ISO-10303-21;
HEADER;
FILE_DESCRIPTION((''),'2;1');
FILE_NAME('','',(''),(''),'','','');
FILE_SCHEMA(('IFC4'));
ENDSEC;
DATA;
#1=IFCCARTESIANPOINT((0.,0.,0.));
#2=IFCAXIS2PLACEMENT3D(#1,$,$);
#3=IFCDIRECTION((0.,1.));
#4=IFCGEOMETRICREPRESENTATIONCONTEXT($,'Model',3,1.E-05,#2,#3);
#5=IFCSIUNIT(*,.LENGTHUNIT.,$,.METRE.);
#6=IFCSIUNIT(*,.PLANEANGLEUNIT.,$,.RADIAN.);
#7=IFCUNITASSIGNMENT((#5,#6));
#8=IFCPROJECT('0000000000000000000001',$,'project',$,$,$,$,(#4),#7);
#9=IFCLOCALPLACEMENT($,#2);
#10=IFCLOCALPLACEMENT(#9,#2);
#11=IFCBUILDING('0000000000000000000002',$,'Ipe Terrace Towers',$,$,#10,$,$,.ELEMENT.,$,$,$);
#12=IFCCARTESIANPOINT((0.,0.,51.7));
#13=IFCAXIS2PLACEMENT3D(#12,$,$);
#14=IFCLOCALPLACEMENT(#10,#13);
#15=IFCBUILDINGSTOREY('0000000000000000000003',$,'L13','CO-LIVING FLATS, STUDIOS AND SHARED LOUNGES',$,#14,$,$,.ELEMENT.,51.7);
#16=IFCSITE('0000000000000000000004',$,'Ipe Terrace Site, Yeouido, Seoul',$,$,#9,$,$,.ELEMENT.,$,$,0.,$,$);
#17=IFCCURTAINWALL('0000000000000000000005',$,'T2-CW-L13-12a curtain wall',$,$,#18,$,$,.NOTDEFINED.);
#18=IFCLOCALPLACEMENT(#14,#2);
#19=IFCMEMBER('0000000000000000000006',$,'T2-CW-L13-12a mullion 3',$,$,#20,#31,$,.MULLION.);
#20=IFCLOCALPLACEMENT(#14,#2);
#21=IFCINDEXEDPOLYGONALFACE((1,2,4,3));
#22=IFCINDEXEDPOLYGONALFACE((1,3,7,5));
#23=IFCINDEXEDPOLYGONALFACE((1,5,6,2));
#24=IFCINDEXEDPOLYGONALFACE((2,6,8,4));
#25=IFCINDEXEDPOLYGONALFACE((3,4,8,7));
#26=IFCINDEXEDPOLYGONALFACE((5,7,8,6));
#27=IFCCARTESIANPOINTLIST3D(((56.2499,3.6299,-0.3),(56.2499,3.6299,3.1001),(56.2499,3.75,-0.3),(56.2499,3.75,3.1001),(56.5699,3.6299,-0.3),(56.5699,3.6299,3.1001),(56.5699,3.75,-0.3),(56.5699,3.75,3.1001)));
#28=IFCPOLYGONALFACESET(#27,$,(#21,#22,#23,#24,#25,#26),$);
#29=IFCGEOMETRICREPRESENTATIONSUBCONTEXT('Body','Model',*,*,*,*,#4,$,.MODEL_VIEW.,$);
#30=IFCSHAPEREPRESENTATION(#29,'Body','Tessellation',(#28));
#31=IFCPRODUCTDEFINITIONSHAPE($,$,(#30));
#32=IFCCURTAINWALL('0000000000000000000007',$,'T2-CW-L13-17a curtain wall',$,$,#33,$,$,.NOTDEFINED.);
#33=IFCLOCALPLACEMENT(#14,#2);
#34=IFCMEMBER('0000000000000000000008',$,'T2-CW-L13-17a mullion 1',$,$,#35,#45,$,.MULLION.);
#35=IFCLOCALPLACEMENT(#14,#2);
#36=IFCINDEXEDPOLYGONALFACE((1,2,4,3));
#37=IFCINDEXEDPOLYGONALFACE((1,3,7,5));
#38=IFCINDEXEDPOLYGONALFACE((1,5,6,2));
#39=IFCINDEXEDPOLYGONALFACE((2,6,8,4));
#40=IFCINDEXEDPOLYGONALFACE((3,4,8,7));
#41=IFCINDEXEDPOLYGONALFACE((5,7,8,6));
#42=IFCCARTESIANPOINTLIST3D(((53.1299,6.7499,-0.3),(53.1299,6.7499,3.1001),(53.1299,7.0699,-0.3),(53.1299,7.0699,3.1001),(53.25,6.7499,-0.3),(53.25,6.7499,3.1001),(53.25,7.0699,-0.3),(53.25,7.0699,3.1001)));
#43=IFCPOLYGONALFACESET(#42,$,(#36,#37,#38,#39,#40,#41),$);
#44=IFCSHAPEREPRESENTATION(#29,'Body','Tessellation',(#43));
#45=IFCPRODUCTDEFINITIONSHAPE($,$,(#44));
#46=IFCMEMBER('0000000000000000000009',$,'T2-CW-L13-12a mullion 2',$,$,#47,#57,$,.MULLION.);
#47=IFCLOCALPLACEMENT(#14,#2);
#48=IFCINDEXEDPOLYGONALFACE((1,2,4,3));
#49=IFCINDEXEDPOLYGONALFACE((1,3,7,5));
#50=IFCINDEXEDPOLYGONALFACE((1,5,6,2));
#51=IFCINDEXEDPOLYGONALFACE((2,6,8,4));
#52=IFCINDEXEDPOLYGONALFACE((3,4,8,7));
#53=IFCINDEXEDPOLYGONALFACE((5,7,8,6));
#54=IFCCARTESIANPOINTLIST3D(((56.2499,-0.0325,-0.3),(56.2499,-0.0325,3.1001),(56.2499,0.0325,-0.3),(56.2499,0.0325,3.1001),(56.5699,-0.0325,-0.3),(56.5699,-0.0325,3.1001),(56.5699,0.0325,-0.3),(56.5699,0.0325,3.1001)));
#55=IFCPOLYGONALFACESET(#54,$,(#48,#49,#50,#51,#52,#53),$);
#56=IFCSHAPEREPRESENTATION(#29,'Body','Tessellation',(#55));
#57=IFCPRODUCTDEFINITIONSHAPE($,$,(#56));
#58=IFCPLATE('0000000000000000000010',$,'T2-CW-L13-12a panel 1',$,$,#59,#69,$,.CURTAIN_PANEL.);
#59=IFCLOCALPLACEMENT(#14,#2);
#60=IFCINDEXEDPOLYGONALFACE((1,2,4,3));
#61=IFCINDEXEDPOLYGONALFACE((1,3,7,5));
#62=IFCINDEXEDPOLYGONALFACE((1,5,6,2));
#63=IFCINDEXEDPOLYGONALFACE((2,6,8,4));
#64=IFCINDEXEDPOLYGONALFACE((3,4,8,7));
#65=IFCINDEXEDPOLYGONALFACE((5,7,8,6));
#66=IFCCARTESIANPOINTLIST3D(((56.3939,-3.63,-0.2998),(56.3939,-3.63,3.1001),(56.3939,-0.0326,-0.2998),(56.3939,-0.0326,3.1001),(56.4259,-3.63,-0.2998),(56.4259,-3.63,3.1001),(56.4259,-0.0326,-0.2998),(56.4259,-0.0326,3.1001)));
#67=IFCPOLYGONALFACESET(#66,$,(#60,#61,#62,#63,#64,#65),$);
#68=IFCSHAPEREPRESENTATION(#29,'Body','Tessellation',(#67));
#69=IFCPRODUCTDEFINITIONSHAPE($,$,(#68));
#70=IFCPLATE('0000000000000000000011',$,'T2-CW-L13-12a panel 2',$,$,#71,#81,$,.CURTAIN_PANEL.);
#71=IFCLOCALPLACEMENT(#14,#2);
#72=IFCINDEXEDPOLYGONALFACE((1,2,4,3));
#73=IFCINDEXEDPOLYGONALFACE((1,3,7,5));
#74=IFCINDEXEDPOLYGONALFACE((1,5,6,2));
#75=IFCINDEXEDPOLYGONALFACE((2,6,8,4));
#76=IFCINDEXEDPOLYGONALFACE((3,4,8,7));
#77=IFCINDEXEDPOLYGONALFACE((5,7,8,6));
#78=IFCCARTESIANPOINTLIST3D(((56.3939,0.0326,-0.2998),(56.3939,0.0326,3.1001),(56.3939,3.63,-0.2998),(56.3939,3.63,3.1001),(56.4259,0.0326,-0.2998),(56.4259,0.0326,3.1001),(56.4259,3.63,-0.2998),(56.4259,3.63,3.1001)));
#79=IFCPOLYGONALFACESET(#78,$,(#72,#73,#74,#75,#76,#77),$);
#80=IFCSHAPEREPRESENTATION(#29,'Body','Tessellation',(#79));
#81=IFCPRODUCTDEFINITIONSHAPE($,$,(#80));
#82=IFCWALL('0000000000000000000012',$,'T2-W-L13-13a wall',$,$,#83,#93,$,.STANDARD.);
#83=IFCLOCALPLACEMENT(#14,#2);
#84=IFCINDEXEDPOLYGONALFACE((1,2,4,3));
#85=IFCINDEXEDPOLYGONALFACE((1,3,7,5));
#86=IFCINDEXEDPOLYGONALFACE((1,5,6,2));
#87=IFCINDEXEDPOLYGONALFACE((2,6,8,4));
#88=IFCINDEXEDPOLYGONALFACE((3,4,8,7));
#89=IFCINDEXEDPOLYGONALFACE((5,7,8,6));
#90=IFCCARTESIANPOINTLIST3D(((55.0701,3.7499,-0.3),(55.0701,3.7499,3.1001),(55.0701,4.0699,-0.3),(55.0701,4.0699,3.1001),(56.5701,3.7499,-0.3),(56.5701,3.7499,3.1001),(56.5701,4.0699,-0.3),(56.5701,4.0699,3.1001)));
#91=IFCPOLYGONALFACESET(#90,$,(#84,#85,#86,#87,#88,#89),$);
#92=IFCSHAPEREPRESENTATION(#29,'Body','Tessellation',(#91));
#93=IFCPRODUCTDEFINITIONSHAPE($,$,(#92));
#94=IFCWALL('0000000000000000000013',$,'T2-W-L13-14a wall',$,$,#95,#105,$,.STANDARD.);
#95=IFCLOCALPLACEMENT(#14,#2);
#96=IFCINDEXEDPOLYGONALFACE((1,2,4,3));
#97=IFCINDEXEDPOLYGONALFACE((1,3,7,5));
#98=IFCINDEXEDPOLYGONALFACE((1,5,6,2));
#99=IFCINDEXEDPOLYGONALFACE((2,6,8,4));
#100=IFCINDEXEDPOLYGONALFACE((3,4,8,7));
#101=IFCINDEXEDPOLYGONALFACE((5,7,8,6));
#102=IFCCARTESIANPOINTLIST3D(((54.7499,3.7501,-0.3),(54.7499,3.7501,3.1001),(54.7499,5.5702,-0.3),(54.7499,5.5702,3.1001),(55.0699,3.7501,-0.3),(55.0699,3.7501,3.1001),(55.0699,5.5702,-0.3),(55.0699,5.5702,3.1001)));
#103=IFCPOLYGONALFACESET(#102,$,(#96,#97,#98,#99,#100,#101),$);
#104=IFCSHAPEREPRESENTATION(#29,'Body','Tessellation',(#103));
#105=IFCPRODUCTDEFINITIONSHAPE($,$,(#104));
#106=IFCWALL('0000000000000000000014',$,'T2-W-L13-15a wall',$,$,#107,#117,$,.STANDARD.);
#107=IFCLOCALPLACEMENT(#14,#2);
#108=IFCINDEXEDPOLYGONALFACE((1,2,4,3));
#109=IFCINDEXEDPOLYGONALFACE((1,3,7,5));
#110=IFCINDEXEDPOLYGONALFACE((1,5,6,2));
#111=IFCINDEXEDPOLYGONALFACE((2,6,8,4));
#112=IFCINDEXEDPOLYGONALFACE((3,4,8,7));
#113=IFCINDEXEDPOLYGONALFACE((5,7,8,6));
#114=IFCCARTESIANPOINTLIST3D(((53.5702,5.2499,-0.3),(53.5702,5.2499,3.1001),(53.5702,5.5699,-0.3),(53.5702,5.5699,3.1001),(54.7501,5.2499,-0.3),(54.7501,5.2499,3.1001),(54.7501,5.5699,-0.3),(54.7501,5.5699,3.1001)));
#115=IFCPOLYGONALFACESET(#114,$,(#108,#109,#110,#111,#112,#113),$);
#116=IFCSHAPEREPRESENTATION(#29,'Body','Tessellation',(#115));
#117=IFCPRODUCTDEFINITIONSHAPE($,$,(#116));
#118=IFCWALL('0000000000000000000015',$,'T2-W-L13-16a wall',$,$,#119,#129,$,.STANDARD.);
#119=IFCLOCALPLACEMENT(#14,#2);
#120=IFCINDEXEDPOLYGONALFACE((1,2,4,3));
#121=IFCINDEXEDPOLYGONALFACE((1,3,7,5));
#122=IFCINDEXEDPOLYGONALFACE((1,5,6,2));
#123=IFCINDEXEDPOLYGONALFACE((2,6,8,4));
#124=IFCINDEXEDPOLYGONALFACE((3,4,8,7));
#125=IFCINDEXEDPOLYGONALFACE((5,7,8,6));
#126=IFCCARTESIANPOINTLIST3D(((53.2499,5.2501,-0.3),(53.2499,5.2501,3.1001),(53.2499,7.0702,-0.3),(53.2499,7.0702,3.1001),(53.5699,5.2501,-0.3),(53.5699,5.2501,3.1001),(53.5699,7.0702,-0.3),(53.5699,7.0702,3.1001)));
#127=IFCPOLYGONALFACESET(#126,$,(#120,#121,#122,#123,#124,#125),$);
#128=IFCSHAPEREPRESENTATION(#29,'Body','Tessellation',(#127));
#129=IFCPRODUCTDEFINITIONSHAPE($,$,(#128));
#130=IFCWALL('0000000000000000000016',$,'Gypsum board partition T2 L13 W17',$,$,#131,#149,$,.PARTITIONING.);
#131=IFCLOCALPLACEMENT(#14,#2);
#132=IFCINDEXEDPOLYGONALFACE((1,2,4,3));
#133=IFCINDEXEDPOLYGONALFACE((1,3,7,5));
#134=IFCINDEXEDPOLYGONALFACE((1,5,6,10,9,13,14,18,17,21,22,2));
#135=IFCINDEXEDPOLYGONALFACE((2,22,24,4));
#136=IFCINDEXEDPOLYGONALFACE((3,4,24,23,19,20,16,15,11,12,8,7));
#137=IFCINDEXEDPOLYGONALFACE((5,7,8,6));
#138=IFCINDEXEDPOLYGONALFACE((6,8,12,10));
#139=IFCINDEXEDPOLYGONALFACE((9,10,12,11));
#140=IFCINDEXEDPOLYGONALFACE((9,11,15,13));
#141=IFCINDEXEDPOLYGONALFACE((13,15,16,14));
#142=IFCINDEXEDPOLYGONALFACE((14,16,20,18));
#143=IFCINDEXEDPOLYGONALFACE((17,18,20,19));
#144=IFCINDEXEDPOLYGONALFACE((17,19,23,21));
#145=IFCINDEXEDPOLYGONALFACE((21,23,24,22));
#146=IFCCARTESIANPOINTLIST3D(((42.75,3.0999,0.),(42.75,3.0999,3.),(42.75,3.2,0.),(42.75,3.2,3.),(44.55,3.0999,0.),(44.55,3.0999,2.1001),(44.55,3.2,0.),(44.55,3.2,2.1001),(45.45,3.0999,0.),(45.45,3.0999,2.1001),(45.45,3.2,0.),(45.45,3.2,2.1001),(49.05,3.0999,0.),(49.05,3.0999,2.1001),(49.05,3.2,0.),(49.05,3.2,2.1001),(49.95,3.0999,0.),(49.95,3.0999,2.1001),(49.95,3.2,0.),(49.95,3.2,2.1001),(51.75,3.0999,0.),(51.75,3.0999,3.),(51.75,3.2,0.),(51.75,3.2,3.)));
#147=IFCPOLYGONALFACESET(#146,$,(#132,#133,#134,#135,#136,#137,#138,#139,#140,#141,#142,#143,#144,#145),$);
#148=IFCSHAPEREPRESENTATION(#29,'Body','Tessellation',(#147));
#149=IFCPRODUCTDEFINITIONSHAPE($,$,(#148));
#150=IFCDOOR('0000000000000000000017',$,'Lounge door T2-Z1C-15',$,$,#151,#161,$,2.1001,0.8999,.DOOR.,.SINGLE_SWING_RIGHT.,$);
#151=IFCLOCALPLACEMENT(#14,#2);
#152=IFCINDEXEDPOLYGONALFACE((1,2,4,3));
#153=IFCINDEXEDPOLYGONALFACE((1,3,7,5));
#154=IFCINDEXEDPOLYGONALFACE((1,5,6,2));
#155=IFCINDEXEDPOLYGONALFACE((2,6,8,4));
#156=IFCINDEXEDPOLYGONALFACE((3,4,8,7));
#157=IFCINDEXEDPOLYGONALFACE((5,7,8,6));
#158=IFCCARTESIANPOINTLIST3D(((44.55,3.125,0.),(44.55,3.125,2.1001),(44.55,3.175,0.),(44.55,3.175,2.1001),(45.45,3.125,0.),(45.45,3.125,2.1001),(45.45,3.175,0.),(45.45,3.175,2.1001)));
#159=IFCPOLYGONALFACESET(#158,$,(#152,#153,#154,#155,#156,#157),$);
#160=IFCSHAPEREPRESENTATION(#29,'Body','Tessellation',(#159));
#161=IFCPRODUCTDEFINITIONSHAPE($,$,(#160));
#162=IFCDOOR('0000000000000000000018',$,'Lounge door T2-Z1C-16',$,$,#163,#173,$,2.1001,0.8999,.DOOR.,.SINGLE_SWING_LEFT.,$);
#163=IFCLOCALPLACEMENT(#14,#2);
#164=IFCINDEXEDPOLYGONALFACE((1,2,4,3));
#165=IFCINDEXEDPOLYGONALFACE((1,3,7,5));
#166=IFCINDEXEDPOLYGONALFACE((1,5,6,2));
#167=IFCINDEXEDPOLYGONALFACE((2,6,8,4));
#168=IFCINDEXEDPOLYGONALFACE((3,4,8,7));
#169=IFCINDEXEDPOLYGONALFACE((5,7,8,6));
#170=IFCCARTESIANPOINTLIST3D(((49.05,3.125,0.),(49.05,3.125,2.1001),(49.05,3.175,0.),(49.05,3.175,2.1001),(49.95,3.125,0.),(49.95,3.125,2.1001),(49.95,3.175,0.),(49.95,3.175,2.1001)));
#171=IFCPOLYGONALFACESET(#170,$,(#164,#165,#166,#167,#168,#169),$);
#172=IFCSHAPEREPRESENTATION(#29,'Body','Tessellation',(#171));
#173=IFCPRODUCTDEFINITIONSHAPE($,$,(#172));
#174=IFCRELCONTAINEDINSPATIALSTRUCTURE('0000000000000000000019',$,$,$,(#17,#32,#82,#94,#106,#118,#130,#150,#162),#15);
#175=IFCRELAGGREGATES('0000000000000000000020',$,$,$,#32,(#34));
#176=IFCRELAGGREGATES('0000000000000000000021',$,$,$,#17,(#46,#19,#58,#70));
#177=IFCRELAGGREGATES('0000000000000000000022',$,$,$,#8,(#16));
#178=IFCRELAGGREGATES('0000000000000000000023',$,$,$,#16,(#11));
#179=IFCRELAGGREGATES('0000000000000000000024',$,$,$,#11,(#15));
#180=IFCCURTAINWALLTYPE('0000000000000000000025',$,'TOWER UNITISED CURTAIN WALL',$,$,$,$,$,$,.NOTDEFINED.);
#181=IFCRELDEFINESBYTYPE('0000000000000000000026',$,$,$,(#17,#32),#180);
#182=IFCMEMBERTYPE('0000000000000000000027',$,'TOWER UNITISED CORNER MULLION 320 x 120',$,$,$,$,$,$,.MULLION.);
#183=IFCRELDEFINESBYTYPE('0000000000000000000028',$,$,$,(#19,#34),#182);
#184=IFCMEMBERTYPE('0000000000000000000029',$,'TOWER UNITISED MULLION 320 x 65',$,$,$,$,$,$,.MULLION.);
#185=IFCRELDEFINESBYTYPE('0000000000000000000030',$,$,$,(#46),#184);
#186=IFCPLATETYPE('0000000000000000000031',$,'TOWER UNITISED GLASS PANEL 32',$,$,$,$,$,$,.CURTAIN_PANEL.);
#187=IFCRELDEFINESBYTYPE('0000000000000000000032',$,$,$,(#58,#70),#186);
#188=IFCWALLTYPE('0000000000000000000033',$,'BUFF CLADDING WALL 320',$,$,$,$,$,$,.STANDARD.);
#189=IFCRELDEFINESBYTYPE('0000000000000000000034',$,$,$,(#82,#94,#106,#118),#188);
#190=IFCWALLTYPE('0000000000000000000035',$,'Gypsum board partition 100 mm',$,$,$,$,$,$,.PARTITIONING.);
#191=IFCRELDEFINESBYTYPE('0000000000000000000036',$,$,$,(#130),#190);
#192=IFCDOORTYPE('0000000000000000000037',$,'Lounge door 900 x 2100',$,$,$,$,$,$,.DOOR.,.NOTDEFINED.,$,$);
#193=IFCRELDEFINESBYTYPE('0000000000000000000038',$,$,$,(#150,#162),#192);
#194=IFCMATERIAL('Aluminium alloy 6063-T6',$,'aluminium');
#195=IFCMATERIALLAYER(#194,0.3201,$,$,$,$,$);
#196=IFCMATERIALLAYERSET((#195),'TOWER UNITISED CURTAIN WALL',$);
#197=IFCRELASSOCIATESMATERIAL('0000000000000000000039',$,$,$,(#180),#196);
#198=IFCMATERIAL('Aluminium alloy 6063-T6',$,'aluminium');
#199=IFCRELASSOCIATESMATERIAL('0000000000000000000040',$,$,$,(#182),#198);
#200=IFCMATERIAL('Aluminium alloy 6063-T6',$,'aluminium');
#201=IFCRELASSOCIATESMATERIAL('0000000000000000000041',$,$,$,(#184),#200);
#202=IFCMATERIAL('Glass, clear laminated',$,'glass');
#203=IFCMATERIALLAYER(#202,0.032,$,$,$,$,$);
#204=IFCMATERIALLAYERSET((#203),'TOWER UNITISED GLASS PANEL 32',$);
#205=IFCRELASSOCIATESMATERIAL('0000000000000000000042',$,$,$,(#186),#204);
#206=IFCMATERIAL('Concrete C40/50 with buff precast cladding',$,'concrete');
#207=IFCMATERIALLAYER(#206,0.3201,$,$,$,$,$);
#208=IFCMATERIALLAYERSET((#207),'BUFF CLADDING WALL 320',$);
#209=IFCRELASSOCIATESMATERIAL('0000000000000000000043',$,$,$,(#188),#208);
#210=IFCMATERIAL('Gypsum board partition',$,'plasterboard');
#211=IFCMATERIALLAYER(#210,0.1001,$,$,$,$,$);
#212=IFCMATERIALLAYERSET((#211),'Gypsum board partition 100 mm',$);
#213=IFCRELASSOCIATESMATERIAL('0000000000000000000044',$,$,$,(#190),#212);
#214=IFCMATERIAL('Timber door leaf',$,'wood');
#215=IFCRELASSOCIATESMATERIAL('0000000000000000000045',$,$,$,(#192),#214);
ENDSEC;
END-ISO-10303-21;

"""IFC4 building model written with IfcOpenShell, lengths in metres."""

from ifc_helpers import new_model, si_unit, direction, frame, frame_2d, origin, origin_2d, place, context, subcontext, project, spatial, rectangle, extrude, material, layer, layer_set, material_profile, profile_set, type_object, element, fill, aggregate, save


model = new_model("IFC4")

# Units and contexts
model_context = context("Model", 3, precision=1e-05, world=origin(), true_north=direction((0.0, 1.0)))
body_context = subcontext(model_context, "Body", "Model", "MODEL_VIEW")
ifc_project = project(units=[si_unit("LENGTHUNIT", "METRE"), si_unit("PLANEANGLEUNIT", "RADIAN")], contexts=[model_context])

# Site, building, storey
site_placement = place(None, origin())
site = spatial("IfcSite", under=ifc_project, at=site_placement, Name="Ipe Terrace Site, Yeouido, Seoul", CompositionType="ELEMENT", RefElevation=0.0)
building_placement = place(site_placement, origin())
building = spatial("IfcBuilding", under=site, at=building_placement, Name="Ipe Terrace Towers", CompositionType="ELEMENT")
storey_placement = place(building_placement, frame((0.0, 0.0, 51.7)))
storey = spatial("IfcBuildingStorey", under=building, at=storey_placement, Name="L13", Description="CO-LIVING FLATS, STUDIOS AND SHARED LOUNGES", CompositionType="ELEMENT", Elevation=51.7)

# Curtain walls, members
ifc_material_1 = material(Name="Aluminium alloy 6063-T6", Category="aluminium")
ifc_layer_1 = layer(ifc_material_1, 0.3201)
ifc_layer_set_1 = layer_set([ifc_layer_1], Name="TOWER UNITISED CURTAIN WALL")
curtain_wall_type = type_object("IfcCurtainWallType", Name="TOWER UNITISED CURTAIN WALL", PredefinedType="NOTDEFINED", material=ifc_layer_set_1)
curtain_wall_1_placement = place(storey_placement, origin())
curtain_wall_1 = element("IfcCurtainWall", 1, at=curtain_wall_1_placement, inside=storey, type_object=curtain_wall_type, Name="T2-CW-L13-12a curtain wall", PredefinedType="NOTDEFINED")
ifc_material_2 = material(Name="Aluminium alloy 6063-T6", Category="aluminium")
ifc_material_profile_1 = material_profile(ifc_material_2, rectangle(XDim=0.3201, YDim=0.1201, at=origin_2d()), Name="TOWER UNITISED CORNER MULLION 320 x 120")
ifc_profile_set_1 = profile_set([ifc_material_profile_1], Name="Aluminium alloy 6063-T6")
member_type_1 = type_object("IfcMemberType", Name="TOWER UNITISED CORNER MULLION 320 x 120", PredefinedType="MULLION", material=ifc_profile_set_1)
member_1_placement = place(storey_placement, frame((56.4099, 3.6899, -0.3), z_axis=(0.0, 0.0, 1.0), x_axis=(1.0, 0.0, 0.0)))
member_1 = element("IfcMember", 2, at=member_1_placement, type_object=member_type_1, Name="T2-CW-L13-12a mullion 3", PredefinedType="MULLION", context=body_context, shape_type="SweptSolid", body=[
    extrude(rectangle(XDim=0.3201, YDim=0.1201, at=origin_2d()), origin(), (0.0, 0.0, 1.0), 3.4001),
])
curtain_wall_2_placement = place(storey_placement, origin())
curtain_wall_2 = element("IfcCurtainWall", 3, at=curtain_wall_2_placement, inside=storey, type_object=curtain_wall_type, Name="T2-CW-L13-17a curtain wall", PredefinedType="NOTDEFINED")
member_2_placement = place(storey_placement, frame((53.1899, 6.9099, -0.3), z_axis=(0.0, 0.0, 1.0), x_axis=(0.0, 1.0, 0.0)))
member_2 = element("IfcMember", 4, at=member_2_placement, type_object=member_type_1, Name="T2-CW-L13-17a mullion 1", PredefinedType="MULLION", context=body_context, shape_type="SweptSolid", body=[
    extrude(rectangle(XDim=0.3201, YDim=0.1201, at=origin_2d()), origin(), (0.0, 0.0, 1.0), 3.4001),
])
aggregate(curtain_wall_2, [member_2])

# Member
ifc_material_3 = material(Name="Aluminium alloy 6063-T6", Category="aluminium")
ifc_material_profile_2 = material_profile(ifc_material_3, rectangle(XDim=0.3201, YDim=0.0649, at=origin_2d()), Name="TOWER UNITISED MULLION 320 x 65")
ifc_profile_set_2 = profile_set([ifc_material_profile_2], Name="Aluminium alloy 6063-T6")
member_type_2 = type_object("IfcMemberType", Name="TOWER UNITISED MULLION 320 x 65", PredefinedType="MULLION", material=ifc_profile_set_2)
member_3_placement = place(storey_placement, frame((56.4099, 0.0, -0.3), z_axis=(0.0, 0.0, 1.0), x_axis=(1.0, 0.0, 0.0)))
member_3 = element("IfcMember", 5, at=member_3_placement, type_object=member_type_2, Name="T2-CW-L13-12a mullion 2", PredefinedType="MULLION", context=body_context, shape_type="SweptSolid", body=[
    extrude(rectangle(XDim=0.3201, YDim=0.0649, at=origin_2d()), origin(), (0.0, 0.0, 1.0), 3.4001),
])

# Plates
ifc_material_4 = material(Name="Glass, clear laminated", Category="glass")
ifc_layer_2 = layer(ifc_material_4, 0.032)
ifc_layer_set_2 = layer_set([ifc_layer_2], Name="TOWER UNITISED GLASS PANEL 32")
plate_type = type_object("IfcPlateType", Name="TOWER UNITISED GLASS PANEL 32", PredefinedType="CURTAIN_PANEL", material=ifc_layer_set_2)
plate_1_placement = place(storey_placement, frame((56.4099, -1.8313, -0.2998), z_axis=(0.0, 0.0, 1.0), x_axis=(0.0, 1.0, 0.0)))
plate_1 = element("IfcPlate", 6, at=plate_1_placement, type_object=plate_type, Name="T2-CW-L13-12a panel 1", PredefinedType="CURTAIN_PANEL", context=body_context, shape_type="SweptSolid", body=[
    extrude(rectangle(XDim=3.5974, YDim=0.032, at=origin_2d()), origin(), (0.0, 0.0, 1.0), 3.3999),
])
plate_2_placement = place(storey_placement, frame((56.4099, 1.8313, -0.2998), z_axis=(0.0, 0.0, 1.0), x_axis=(0.0, 1.0, 0.0)))
plate_2 = element("IfcPlate", 7, at=plate_2_placement, type_object=plate_type, Name="T2-CW-L13-12a panel 2", PredefinedType="CURTAIN_PANEL", context=body_context, shape_type="SweptSolid", body=[
    extrude(rectangle(XDim=3.5974, YDim=0.032, at=origin_2d()), origin(), (0.0, 0.0, 1.0), 3.3999),
])
aggregate(curtain_wall_1, [member_3, member_1, plate_1, plate_2])

# Walls
ifc_material_5 = material(Name="Concrete C40/50 with buff precast cladding", Category="concrete")
ifc_layer_3 = layer(ifc_material_5, 0.3201)
ifc_layer_set_3 = layer_set([ifc_layer_3], Name="BUFF CLADDING WALL 320")
wall_type_1 = type_object("IfcWallType", Name="BUFF CLADDING WALL 320", PredefinedType="STANDARD", material=ifc_layer_set_3)
wall_1_placement = place(storey_placement, frame((56.5701, 3.9099, -0.3), z_axis=(0.0, 0.0, 1.0), x_axis=(-1.0, 0.0, 0.0)))
element("IfcWall", 8, at=wall_1_placement, inside=storey, type_object=wall_type_1, Name="T2-W-L13-13a wall", PredefinedType="STANDARD", context=body_context, shape_type="SweptSolid", body=[
    extrude(rectangle(XDim=1.5, YDim=0.3201, at=frame_2d((0.75, 0.0))), origin(), (0.0, 0.0, 1.0), 3.4001),
])
wall_2_placement = place(storey_placement, frame((54.9099, 3.75, -0.3), z_axis=(0.0, 0.0, 1.0), x_axis=(0.0, 1.0, 0.0)))
element("IfcWall", 9, at=wall_2_placement, inside=storey, type_object=wall_type_1, Name="T2-W-L13-14a wall", PredefinedType="STANDARD", context=body_context, shape_type="SweptSolid", body=[
    extrude(rectangle(XDim=1.8201, YDim=0.3201, at=frame_2d((0.9102, 0.0))), origin(), (0.0, 0.0, 1.0), 3.4001),
])
wall_3_placement = place(storey_placement, frame((54.75, 5.4099, -0.3), z_axis=(0.0, 0.0, 1.0), x_axis=(-1.0, 0.0, 0.0)))
element("IfcWall", 10, at=wall_3_placement, inside=storey, type_object=wall_type_1, Name="T2-W-L13-15a wall", PredefinedType="STANDARD", context=body_context, shape_type="SweptSolid", body=[
    extrude(rectangle(XDim=1.1799, YDim=0.3201, at=frame_2d((0.5898, 0.0))), origin(), (0.0, 0.0, 1.0), 3.4001),
])
wall_4_placement = place(storey_placement, frame((53.4099, 5.25, -0.3), z_axis=(0.0, 0.0, 1.0), x_axis=(0.0, 1.0, 0.0)))
element("IfcWall", 11, at=wall_4_placement, inside=storey, type_object=wall_type_1, Name="T2-W-L13-16a wall", PredefinedType="STANDARD", context=body_context, shape_type="SweptSolid", body=[
    extrude(rectangle(XDim=1.8201, YDim=0.3201, at=frame_2d((0.9102, 0.0))), origin(), (0.0, 0.0, 1.0), 3.4001),
])

# Wall, openings, doors
ifc_material_6 = material(Name="Gypsum board partition", Category="plasterboard")
ifc_layer_4 = layer(ifc_material_6, 0.1001)
ifc_layer_set_4 = layer_set([ifc_layer_4], Name="Gypsum board partition 100 mm")
wall_type_2 = type_object("IfcWallType", Name="Gypsum board partition 100 mm", PredefinedType="PARTITIONING", material=ifc_layer_set_4)
wall_5_placement = place(storey_placement, frame((51.75, 3.1499, 0.0), z_axis=(0.0, 0.0, 1.0), x_axis=(-1.0, 0.0, 0.0)))
wall_5 = element("IfcWall", 12, at=wall_5_placement, inside=storey, type_object=wall_type_2, Name="Gypsum board partition T2 L13 W17", PredefinedType="PARTITIONING", context=body_context, shape_type="SweptSolid", body=[
    extrude(rectangle(XDim=9.0, YDim=0.1001, at=frame_2d((4.5, 0.0))), origin(), (0.0, 0.0, 1.0), 3.0),
])
opening_1_placement = place(wall_5_placement, frame((6.3, 0.0, 0.0)))
opening_1 = element("IfcOpeningElement", 13, at=opening_1_placement, cuts=wall_5, PredefinedType="OPENING", context=body_context, shape_type="SweptSolid", body=[
    extrude(rectangle(XDim=0.8999, YDim=2.1001, at=frame_2d((0.45, 1.05))), frame((0.0, 0.0601, 0.0), z_axis=(0.0, -1.0, 0.0), x_axis=(1.0, 0.0, 0.0)), (0.0, 0.0, 1.0), 0.1201),
])
opening_2_placement = place(wall_5_placement, frame((1.8, 0.0, 0.0)))
opening_2 = element("IfcOpeningElement", 14, at=opening_2_placement, cuts=wall_5, PredefinedType="OPENING", context=body_context, shape_type="SweptSolid", body=[
    extrude(rectangle(XDim=0.8999, YDim=2.1001, at=frame_2d((0.45, 1.05))), frame((0.0, 0.0601, 0.0), z_axis=(0.0, -1.0, 0.0), x_axis=(1.0, 0.0, 0.0)), (0.0, 0.0, 1.0), 0.1201),
])
ifc_material_7 = material(Name="Timber door leaf", Category="wood")
door_type_1 = type_object("IfcDoorType", Name="Lounge door 900 x 2100", OperationType="NOTDEFINED", PredefinedType="DOOR", material=ifc_material_7)
door_1_placement = place(opening_1_placement, origin())
door_1 = element("IfcDoor", 15, at=door_1_placement, inside=storey, type_object=door_type_1, Name="Lounge door T2-Z1C-15", OperationType="SINGLE_SWING_RIGHT", OverallHeight=2.1001, OverallWidth=0.8999, PredefinedType="DOOR", context=body_context, shape_type="SweptSolid", body=[
    extrude(rectangle(XDim=0.8999, YDim=2.1001, at=frame_2d((0.45, 1.05))), frame((0.0, 0.0249, 0.0), z_axis=(0.0, -1.0, 0.0), x_axis=(1.0, 0.0, 0.0)), (0.0, 0.0, 1.0), 0.05),
])
fill(opening_1, door_1)
door_2_placement = place(opening_2_placement, origin())
door_2 = element("IfcDoor", 16, at=door_2_placement, inside=storey, type_object=door_type_1, Name="Lounge door T2-Z1C-16", OperationType="SINGLE_SWING_LEFT", OverallHeight=2.1001, OverallWidth=0.8999, PredefinedType="DOOR", context=body_context, shape_type="SweptSolid", body=[
    extrude(rectangle(XDim=0.8999, YDim=2.1001, at=frame_2d((0.45, 1.05))), frame((0.0, 0.0249, 0.0), z_axis=(0.0, -1.0, 0.0), x_axis=(1.0, 0.0, 0.0)), (0.0, 0.0, 1.0), 0.05),
])
fill(opening_2, door_2)

save(model, "model.ifc")
